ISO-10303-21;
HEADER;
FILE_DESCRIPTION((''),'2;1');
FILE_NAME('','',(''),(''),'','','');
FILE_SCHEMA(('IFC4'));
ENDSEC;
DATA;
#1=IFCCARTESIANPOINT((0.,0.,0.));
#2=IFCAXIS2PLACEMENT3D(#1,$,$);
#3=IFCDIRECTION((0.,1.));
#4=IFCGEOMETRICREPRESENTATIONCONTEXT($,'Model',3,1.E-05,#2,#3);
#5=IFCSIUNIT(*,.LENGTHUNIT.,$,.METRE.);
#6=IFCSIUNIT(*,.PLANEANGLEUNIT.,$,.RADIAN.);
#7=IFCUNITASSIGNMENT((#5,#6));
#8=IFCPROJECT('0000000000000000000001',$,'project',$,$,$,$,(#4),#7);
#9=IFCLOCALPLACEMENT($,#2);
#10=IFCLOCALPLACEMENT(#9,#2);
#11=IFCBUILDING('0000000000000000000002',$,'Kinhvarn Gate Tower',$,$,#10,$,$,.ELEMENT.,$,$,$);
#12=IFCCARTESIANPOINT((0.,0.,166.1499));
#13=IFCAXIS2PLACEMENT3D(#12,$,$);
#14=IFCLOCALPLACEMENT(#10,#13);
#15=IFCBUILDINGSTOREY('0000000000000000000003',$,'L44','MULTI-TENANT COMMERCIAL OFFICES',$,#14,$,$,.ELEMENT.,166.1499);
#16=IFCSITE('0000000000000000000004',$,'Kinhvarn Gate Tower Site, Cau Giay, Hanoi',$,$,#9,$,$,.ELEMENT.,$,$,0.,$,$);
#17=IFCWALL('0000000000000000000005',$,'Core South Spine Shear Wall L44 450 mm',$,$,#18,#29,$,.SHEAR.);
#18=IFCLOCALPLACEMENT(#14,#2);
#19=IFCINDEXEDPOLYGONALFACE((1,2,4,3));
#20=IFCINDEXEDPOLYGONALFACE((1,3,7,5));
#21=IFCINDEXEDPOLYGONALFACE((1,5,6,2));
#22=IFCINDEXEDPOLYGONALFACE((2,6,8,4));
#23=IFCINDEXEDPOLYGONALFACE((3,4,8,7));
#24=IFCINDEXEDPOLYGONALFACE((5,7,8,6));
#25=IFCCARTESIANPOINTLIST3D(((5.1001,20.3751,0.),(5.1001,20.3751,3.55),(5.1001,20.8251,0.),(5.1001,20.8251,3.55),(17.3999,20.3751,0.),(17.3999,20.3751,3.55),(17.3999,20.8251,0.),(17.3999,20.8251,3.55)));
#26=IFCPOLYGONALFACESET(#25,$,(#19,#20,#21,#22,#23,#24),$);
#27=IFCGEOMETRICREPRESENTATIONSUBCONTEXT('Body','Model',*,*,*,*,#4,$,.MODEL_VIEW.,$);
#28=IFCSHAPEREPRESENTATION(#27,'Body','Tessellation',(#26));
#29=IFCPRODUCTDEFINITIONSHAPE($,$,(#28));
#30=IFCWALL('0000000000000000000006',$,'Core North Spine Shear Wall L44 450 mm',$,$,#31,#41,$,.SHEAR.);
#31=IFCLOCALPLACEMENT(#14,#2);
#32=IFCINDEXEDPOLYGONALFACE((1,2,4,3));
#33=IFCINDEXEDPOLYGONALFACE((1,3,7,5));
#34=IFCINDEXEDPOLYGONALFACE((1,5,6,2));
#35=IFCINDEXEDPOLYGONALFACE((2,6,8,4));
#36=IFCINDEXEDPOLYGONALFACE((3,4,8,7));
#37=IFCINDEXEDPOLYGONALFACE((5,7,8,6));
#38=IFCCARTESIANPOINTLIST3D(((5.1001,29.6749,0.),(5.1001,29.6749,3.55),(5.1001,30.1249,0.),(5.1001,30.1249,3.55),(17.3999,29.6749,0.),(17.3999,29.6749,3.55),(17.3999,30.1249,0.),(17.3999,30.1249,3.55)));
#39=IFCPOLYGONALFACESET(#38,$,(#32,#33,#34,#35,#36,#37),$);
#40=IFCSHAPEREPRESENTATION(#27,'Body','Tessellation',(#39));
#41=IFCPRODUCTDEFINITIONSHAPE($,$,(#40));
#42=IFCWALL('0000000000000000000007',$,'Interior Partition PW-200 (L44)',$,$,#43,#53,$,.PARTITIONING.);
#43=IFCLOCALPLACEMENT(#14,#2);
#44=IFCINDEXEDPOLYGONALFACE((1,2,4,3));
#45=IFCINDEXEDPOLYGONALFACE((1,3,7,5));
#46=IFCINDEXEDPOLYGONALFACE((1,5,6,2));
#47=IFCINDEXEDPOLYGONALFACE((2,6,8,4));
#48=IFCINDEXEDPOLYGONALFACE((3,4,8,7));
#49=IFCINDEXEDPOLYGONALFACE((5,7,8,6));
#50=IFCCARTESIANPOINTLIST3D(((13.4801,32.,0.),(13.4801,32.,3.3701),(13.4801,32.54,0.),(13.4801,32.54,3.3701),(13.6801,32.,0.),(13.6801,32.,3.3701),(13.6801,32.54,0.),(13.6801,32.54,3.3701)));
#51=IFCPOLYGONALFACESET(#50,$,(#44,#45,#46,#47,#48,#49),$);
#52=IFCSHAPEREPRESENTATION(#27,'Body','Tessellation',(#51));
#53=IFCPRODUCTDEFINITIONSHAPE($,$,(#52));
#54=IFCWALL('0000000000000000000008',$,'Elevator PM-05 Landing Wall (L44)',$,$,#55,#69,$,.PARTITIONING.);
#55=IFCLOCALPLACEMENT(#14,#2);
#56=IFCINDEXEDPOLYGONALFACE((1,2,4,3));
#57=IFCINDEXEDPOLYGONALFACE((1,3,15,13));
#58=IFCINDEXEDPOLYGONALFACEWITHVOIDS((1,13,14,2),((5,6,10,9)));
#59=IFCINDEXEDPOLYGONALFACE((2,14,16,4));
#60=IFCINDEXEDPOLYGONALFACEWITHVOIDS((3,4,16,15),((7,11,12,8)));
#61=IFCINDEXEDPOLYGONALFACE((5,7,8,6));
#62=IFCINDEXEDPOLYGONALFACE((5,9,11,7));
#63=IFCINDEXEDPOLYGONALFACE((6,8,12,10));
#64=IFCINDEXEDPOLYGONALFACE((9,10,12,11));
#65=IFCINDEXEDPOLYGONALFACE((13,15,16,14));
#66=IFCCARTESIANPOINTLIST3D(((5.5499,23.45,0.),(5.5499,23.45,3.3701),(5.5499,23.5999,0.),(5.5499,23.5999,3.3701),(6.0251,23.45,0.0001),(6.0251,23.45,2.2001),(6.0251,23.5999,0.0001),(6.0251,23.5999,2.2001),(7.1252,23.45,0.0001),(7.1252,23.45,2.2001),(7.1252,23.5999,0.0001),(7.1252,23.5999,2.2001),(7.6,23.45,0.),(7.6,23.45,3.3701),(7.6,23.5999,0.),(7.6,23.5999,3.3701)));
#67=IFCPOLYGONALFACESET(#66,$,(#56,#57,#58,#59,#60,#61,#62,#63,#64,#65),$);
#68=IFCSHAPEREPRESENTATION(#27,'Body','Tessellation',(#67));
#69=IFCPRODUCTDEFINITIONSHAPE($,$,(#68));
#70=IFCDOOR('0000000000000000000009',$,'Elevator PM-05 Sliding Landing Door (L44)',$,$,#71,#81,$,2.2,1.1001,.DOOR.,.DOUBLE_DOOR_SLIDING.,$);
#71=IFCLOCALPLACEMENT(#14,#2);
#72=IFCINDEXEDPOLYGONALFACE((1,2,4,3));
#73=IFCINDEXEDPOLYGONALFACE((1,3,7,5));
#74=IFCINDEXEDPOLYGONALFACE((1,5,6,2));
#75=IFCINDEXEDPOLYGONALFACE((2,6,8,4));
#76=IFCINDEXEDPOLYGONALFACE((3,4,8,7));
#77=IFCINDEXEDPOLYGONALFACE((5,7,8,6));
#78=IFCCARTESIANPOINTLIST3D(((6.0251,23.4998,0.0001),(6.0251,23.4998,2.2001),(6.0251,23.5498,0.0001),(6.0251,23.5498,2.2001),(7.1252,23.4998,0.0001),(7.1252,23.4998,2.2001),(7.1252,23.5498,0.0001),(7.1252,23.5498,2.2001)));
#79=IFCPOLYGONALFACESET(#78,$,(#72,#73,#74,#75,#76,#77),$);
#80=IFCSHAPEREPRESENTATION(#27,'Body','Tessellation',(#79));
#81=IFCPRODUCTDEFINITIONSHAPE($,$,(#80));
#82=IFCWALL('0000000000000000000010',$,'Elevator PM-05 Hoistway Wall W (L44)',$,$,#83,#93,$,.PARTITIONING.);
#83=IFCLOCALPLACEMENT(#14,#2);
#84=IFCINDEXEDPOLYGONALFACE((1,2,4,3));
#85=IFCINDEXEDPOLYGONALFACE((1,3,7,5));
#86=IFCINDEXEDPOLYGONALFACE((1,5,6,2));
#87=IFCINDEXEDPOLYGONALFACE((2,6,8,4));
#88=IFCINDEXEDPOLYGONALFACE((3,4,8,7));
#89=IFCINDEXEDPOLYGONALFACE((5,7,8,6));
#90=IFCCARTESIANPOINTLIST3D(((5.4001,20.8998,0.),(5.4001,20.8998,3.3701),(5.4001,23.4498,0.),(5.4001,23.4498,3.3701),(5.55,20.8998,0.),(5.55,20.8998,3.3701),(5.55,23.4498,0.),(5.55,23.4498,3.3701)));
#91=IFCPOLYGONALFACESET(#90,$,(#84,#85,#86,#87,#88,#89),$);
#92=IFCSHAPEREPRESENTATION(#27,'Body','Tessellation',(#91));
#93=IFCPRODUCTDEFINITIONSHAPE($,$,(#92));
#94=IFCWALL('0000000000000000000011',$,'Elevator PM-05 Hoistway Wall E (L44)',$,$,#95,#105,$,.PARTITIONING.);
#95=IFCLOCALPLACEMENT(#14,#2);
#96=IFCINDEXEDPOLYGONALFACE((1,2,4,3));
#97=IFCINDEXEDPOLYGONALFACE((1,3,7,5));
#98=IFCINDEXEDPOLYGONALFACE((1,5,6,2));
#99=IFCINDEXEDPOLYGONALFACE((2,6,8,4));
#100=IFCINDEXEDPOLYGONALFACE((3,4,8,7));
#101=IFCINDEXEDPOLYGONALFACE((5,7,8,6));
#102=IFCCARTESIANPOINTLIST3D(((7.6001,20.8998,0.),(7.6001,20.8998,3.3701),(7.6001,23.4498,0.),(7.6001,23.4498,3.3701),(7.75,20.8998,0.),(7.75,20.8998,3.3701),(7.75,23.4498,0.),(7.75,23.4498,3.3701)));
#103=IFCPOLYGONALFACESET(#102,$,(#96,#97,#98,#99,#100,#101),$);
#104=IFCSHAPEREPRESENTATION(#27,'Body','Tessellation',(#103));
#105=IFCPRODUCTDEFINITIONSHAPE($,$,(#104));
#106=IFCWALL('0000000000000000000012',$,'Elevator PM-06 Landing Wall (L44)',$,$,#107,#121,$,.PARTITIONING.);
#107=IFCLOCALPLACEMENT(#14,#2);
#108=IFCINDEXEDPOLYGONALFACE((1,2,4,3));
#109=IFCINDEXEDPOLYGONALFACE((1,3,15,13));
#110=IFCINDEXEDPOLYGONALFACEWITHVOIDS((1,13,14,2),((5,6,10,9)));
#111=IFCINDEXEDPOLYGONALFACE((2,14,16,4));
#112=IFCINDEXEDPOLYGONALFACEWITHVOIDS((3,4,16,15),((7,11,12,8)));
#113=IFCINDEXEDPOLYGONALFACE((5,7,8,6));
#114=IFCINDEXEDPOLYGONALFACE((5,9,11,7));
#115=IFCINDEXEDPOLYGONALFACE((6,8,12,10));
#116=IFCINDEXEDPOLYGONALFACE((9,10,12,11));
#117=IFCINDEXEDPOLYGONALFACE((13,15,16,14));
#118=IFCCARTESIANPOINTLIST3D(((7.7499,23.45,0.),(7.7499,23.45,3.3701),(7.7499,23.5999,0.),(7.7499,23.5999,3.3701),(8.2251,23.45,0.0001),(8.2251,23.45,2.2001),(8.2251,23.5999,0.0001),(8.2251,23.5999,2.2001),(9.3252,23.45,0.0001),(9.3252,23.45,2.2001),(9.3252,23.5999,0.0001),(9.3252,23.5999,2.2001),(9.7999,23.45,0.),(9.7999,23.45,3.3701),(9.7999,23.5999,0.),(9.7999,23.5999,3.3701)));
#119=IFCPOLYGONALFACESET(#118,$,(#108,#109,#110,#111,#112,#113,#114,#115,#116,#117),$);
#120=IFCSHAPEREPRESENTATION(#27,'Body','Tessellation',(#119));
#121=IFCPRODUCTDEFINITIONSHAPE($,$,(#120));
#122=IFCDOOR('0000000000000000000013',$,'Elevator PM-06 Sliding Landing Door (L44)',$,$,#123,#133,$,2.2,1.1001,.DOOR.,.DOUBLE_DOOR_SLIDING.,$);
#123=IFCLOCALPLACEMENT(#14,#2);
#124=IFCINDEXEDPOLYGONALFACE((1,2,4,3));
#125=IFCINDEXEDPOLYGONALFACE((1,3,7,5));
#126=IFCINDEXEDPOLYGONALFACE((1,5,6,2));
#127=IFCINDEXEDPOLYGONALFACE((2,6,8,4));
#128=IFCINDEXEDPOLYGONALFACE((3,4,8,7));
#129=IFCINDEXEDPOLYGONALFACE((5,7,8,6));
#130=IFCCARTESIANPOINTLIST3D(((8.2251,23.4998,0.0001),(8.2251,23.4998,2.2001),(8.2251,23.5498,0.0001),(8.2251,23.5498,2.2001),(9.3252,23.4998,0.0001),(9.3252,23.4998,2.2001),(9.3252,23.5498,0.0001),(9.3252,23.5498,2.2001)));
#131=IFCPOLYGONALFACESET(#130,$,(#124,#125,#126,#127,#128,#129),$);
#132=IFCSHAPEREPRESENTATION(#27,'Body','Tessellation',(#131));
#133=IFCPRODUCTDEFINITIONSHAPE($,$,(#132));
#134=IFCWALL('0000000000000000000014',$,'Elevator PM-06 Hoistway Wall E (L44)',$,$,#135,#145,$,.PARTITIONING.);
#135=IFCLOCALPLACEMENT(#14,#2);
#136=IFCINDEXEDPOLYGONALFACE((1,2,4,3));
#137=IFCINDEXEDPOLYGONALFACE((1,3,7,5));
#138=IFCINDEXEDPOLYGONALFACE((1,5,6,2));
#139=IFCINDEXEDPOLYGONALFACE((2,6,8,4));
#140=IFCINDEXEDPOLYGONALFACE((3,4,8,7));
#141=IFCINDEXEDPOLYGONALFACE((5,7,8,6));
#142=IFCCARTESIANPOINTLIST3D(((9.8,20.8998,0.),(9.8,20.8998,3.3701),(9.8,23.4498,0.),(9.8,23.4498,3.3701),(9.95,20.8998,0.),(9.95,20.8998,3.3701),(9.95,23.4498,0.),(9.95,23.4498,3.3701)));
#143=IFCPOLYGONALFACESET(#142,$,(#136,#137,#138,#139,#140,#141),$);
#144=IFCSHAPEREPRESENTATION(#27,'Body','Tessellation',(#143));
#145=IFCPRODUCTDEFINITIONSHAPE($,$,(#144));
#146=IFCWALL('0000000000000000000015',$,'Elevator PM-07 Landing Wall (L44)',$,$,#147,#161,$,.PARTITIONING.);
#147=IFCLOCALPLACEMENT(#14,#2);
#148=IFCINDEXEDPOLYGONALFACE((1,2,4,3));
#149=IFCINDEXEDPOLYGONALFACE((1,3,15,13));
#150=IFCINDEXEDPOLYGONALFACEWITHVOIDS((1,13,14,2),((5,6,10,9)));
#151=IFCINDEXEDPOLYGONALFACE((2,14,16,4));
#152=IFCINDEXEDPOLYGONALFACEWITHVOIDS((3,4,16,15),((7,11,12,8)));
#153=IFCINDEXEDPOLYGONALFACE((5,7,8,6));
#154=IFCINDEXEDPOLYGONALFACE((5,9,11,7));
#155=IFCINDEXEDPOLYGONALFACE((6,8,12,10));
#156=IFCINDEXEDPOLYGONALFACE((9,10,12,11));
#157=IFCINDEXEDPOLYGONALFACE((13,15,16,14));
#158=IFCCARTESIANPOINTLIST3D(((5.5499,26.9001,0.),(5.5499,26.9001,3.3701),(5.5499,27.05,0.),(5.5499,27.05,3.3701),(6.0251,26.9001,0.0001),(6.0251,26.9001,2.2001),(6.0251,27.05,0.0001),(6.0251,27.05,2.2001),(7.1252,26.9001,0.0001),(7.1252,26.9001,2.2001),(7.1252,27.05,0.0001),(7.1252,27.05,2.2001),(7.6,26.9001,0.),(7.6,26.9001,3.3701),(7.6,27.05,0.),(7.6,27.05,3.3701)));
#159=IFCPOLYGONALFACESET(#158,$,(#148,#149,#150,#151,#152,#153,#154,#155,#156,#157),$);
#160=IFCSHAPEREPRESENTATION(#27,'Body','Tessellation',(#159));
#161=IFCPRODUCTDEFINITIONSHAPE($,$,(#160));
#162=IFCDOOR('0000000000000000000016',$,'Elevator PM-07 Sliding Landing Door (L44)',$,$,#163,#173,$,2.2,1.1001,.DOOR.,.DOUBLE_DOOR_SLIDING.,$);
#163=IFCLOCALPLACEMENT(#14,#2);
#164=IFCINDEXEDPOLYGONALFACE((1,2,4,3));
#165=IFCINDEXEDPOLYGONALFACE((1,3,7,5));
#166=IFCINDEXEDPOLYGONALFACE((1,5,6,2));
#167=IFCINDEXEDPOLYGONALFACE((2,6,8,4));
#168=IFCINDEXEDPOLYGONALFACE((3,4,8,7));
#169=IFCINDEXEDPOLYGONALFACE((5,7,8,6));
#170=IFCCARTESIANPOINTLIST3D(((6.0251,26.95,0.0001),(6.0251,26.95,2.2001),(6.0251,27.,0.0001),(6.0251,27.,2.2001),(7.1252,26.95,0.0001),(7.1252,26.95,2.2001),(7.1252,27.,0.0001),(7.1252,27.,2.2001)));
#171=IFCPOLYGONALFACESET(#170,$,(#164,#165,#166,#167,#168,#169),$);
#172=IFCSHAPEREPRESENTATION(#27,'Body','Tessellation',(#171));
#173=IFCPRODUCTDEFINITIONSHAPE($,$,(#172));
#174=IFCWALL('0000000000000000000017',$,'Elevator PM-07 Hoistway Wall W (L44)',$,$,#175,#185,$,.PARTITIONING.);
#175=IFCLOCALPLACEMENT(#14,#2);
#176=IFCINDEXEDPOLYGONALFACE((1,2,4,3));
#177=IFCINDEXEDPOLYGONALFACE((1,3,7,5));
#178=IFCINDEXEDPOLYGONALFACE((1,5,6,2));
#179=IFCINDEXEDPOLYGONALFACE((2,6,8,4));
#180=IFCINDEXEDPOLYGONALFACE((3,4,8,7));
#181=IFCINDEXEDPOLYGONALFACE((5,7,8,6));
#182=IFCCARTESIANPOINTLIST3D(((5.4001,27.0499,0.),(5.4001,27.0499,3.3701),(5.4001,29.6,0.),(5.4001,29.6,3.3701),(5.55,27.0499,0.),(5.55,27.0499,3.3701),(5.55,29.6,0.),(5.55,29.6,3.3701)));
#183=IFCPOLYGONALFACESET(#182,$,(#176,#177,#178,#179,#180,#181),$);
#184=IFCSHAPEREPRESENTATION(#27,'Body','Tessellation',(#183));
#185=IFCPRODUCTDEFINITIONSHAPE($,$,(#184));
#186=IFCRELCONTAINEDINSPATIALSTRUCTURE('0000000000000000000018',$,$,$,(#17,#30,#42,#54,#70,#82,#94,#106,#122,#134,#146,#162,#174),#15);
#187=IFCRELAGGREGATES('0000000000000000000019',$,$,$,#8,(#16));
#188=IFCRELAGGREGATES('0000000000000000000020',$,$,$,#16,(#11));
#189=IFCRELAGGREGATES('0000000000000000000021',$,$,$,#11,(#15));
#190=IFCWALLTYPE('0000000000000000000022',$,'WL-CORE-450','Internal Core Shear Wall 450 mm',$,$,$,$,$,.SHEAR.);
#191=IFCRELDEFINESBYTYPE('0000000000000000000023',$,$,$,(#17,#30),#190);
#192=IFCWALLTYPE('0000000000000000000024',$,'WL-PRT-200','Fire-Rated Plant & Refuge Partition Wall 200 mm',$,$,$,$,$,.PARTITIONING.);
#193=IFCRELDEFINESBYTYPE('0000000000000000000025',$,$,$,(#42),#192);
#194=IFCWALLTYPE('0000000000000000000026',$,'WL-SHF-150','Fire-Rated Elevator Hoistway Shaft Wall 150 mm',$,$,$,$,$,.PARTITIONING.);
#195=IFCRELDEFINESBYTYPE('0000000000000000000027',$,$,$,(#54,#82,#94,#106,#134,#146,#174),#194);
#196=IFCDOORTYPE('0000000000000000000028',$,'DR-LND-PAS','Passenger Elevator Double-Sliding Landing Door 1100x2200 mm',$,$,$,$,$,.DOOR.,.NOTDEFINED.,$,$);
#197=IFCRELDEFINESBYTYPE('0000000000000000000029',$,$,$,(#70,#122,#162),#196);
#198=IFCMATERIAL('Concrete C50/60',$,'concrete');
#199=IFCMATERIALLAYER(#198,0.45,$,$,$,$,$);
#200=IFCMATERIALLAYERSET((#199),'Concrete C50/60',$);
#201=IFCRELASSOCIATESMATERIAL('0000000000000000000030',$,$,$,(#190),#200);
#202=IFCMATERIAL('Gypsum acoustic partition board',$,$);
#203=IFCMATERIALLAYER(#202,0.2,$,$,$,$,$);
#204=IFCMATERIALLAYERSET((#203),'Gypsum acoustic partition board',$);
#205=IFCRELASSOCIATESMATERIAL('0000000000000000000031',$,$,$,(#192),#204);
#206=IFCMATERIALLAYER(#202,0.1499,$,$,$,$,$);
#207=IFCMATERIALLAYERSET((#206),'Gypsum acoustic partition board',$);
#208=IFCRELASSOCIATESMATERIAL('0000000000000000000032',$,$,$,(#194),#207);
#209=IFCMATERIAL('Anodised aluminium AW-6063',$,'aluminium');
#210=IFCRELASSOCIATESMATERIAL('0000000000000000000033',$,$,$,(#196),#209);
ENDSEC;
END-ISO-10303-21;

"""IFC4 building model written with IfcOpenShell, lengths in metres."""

from ifc_helpers import new_model, si_unit, direction, frame, frame_2d, origin, place, context, subcontext, project, spatial, rectangle, extrude, material, layer, layer_set, type_object, element, fill, save


model = new_model("IFC4")

# Units and contexts
model_context = context("Model", 3, precision=1e-05, world=origin(), true_north=direction((0.0, 1.0)))
body_context = subcontext(model_context, "Body", "Model", "MODEL_VIEW")
ifc_project = project(units=[si_unit("LENGTHUNIT", "METRE"), si_unit("PLANEANGLEUNIT", "RADIAN")], contexts=[model_context])

# Site, building, storey
site_placement = place(None, origin())
site = spatial("IfcSite", under=ifc_project, at=site_placement, Name="Kinhvarn Gate Tower Site, Cau Giay, Hanoi", CompositionType="ELEMENT", RefElevation=0.0)
building_placement = place(site_placement, origin())
building = spatial("IfcBuilding", under=site, at=building_placement, Name="Kinhvarn Gate Tower", CompositionType="ELEMENT")
storey_placement = place(building_placement, frame((0.0, 0.0, 166.1499)))
storey = spatial("IfcBuildingStorey", under=building, at=storey_placement, Name="L44", Description="MULTI-TENANT COMMERCIAL OFFICES", CompositionType="ELEMENT", Elevation=166.1499)

# Walls
ifc_material_1 = material(Name="Concrete C50/60", Category="concrete")
ifc_layer_1 = layer(ifc_material_1, 0.45)
ifc_layer_set_1 = layer_set([ifc_layer_1], Name="Concrete C50/60")
wall_type_1 = type_object("IfcWallType", Name="WL-CORE-450", Description="Internal Core Shear Wall 450 mm", PredefinedType="SHEAR", material=ifc_layer_set_1)
for number, where, z_axis, x_axis, name in (
    (1, (5.1001, 20.6001, 0.0), (0.0, 0.0, 1.0), (1.0, 0.0, 0.0), "Core South Spine Shear Wall L44 450 mm"),
    (2, (5.1001, 29.8999, 0.0), (0.0, 0.0, 1.0), (1.0, 0.0, 0.0), "Core North Spine Shear Wall L44 450 mm"),
):
    element("IfcWall", number, at=place(storey_placement, frame(where, z_axis=z_axis, x_axis=x_axis)), inside=storey, type_object=wall_type_1, Name=name, PredefinedType="SHEAR", context=body_context, shape_type="SweptSolid", body=[
        extrude(rectangle(XDim=12.2998, YDim=0.45, at=frame_2d((6.1499, 0.0))), origin(), (0.0, 0.0, 1.0), 3.55),
    ])
ifc_material_2 = material(Name="Gypsum acoustic partition board")
ifc_layer_2 = layer(ifc_material_2, 0.2)
ifc_layer_set_2 = layer_set([ifc_layer_2], Name="Gypsum acoustic partition board")
wall_type_2 = type_object("IfcWallType", Name="WL-PRT-200", Description="Fire-Rated Plant & Refuge Partition Wall 200 mm", PredefinedType="PARTITIONING", material=ifc_layer_set_2)
wall_1_placement = place(storey_placement, frame((13.5801, 32.0, 0.0), z_axis=(0.0, 0.0, 1.0), x_axis=(0.0, 1.0, 0.0)))
element("IfcWall", 3, at=wall_1_placement, inside=storey, type_object=wall_type_2, Name="Interior Partition PW-200 (L44)", PredefinedType="PARTITIONING", context=body_context, shape_type="SweptSolid", body=[
    extrude(rectangle(XDim=0.54, YDim=0.2, at=frame_2d((0.27, 0.0))), origin(), (0.0, 0.0, 1.0), 3.3701),
])

# Wall, opening, door
ifc_layer_3 = layer(ifc_material_2, 0.1499)
ifc_layer_set_3 = layer_set([ifc_layer_3], Name="Gypsum acoustic partition board")
wall_type_3 = type_object("IfcWallType", Name="WL-SHF-150", Description="Fire-Rated Elevator Hoistway Shaft Wall 150 mm", PredefinedType="PARTITIONING", material=ifc_layer_set_3)
wall_2_placement = place(storey_placement, frame((5.55, 23.5249, 0.0), z_axis=(0.0, 0.0, 1.0), x_axis=(1.0, 0.0, 0.0)))
wall_2 = element("IfcWall", 4, at=wall_2_placement, inside=storey, type_object=wall_type_3, Name="Elevator PM-05 Landing Wall (L44)", PredefinedType="PARTITIONING", context=body_context, shape_type="SweptSolid", body=[
    extrude(rectangle(XDim=2.05, YDim=0.1499, at=frame_2d((1.0249, 0.0))), origin(), (0.0, 0.0, 1.0), 3.3701),
])
opening_1_placement = place(wall_2_placement, frame((0.4751, 0.0, 0.0)))
opening_1 = element("IfcOpeningElement", 5, at=opening_1_placement, cuts=wall_2, PredefinedType="OPENING", context=body_context, shape_type="SweptSolid", body=[
    extrude(rectangle(XDim=1.1001, YDim=2.2, at=frame_2d((0.55, 1.1001))), frame((0.0, 0.085, 0.0), z_axis=(0.0, -1.0, 0.0), x_axis=(1.0, 0.0, 0.0)), (0.0, 0.0, 1.0), 0.1699),
])
ifc_material_3 = material(Name="Anodised aluminium AW-6063", Category="aluminium")
door_type_1 = type_object("IfcDoorType", Name="DR-LND-PAS", Description="Passenger Elevator Double-Sliding Landing Door 1100x2200 mm", OperationType="NOTDEFINED", PredefinedType="DOOR", material=ifc_material_3)
door_1_placement = place(opening_1_placement, origin())
door_1 = element("IfcDoor", 6, at=door_1_placement, inside=storey, type_object=door_type_1, Name="Elevator PM-05 Sliding Landing Door (L44)", OperationType="DOUBLE_DOOR_SLIDING", OverallHeight=2.2, OverallWidth=1.1001, PredefinedType="DOOR", context=body_context, shape_type="SweptSolid", body=[
    extrude(rectangle(XDim=1.1001, YDim=2.2, at=frame_2d((0.55, 1.1001))), frame((0.0, 0.0249, 0.0), z_axis=(0.0, -1.0, 0.0), x_axis=(1.0, 0.0, 0.0)), (0.0, 0.0, 1.0), 0.05),
])
fill(opening_1, door_1)

# Walls
for number, where, z_axis, x_axis, name in (
    (7, (5.4751, 20.8999, 0.0), (0.0, 0.0, 1.0), (0.0, 1.0, 0.0), "Elevator PM-05 Hoistway Wall W (L44)"),
    (8, (7.675, 20.8999, 0.0), (0.0, 0.0, 1.0), (0.0, 1.0, 0.0), "Elevator PM-05 Hoistway Wall E (L44)"),
):
    element("IfcWall", number, at=place(storey_placement, frame(where, z_axis=z_axis, x_axis=x_axis)), inside=storey, type_object=wall_type_3, Name=name, PredefinedType="PARTITIONING", context=body_context, shape_type="SweptSolid", body=[
        extrude(rectangle(XDim=2.55, YDim=0.1499, at=frame_2d((1.2749, 0.0))), origin(), (0.0, 0.0, 1.0), 3.3701),
    ])

# Wall, opening, door
wall_3_placement = place(storey_placement, frame((7.75, 23.5249, 0.0), z_axis=(0.0, 0.0, 1.0), x_axis=(1.0, 0.0, 0.0)))
wall_3 = element("IfcWall", 9, at=wall_3_placement, inside=storey, type_object=wall_type_3, Name="Elevator PM-06 Landing Wall (L44)", PredefinedType="PARTITIONING", context=body_context, shape_type="SweptSolid", body=[
    extrude(rectangle(XDim=2.05, YDim=0.1499, at=frame_2d((1.0249, 0.0))), origin(), (0.0, 0.0, 1.0), 3.3701),
])
opening_2_placement = place(wall_3_placement, frame((0.4751, 0.0, 0.0)))
opening_2 = element("IfcOpeningElement", 10, at=opening_2_placement, cuts=wall_3, PredefinedType="OPENING", context=body_context, shape_type="SweptSolid", body=[
    extrude(rectangle(XDim=1.1001, YDim=2.2, at=frame_2d((0.55, 1.1001))), frame((0.0, 0.085, 0.0), z_axis=(0.0, -1.0, 0.0), x_axis=(1.0, 0.0, 0.0)), (0.0, 0.0, 1.0), 0.1699),
])
door_2_placement = place(opening_2_placement, origin())
door_2 = element("IfcDoor", 11, at=door_2_placement, inside=storey, type_object=door_type_1, Name="Elevator PM-06 Sliding Landing Door (L44)", OperationType="DOUBLE_DOOR_SLIDING", OverallHeight=2.2, OverallWidth=1.1001, PredefinedType="DOOR", context=body_context, shape_type="SweptSolid", body=[
    extrude(rectangle(XDim=1.1001, YDim=2.2, at=frame_2d((0.55, 1.1001))), frame((0.0, 0.0249, 0.0), z_axis=(0.0, -1.0, 0.0), x_axis=(1.0, 0.0, 0.0)), (0.0, 0.0, 1.0), 0.05),
])
fill(opening_2, door_2)

# Wall
wall_4_placement = place(storey_placement, frame((9.875, 20.8999, 0.0), z_axis=(0.0, 0.0, 1.0), x_axis=(0.0, 1.0, 0.0)))
element("IfcWall", 12, at=wall_4_placement, inside=storey, type_object=wall_type_3, Name="Elevator PM-06 Hoistway Wall E (L44)", PredefinedType="PARTITIONING", context=body_context, shape_type="SweptSolid", body=[
    extrude(rectangle(XDim=2.55, YDim=0.1499, at=frame_2d((1.2749, 0.0))), origin(), (0.0, 0.0, 1.0), 3.3701),
])

# Wall, opening, door
wall_5_placement = place(storey_placement, frame((5.55, 26.9751, 0.0), z_axis=(0.0, 0.0, 1.0), x_axis=(1.0, 0.0, 0.0)))
wall_5 = element("IfcWall", 13, at=wall_5_placement, inside=storey, type_object=wall_type_3, Name="Elevator PM-07 Landing Wall (L44)", PredefinedType="PARTITIONING", context=body_context, shape_type="SweptSolid", body=[
    extrude(rectangle(XDim=2.05, YDim=0.1499, at=frame_2d((1.0249, 0.0))), origin(), (0.0, 0.0, 1.0), 3.3701),
])
opening_3_placement = place(wall_5_placement, frame((0.4751, 0.0, 0.0)))
opening_3 = element("IfcOpeningElement", 14, at=opening_3_placement, cuts=wall_5, PredefinedType="OPENING", context=body_context, shape_type="SweptSolid", body=[
    extrude(rectangle(XDim=1.1001, YDim=2.2, at=frame_2d((0.55, 1.1001))), frame((0.0, 0.085, 0.0), z_axis=(0.0, -1.0, 0.0), x_axis=(1.0, 0.0, 0.0)), (0.0, 0.0, 1.0), 0.1699),
])
door_3_placement = place(opening_3_placement, origin())
door_3 = element("IfcDoor", 15, at=door_3_placement, inside=storey, type_object=door_type_1, Name="Elevator PM-07 Sliding Landing Door (L44)", OperationType="DOUBLE_DOOR_SLIDING", OverallHeight=2.2, OverallWidth=1.1001, PredefinedType="DOOR", context=body_context, shape_type="SweptSolid", body=[
    extrude(rectangle(XDim=1.1001, YDim=2.2, at=frame_2d((0.55, 1.1001))), frame((0.0, 0.0249, 0.0), z_axis=(0.0, -1.0, 0.0), x_axis=(1.0, 0.0, 0.0)), (0.0, 0.0, 1.0), 0.05),
])
fill(opening_3, door_3)

# Wall
for number, where, z_axis, x_axis, name in (
    (16, (5.4751, 27.05, 0.0), (0.0, 0.0, 1.0), (0.0, 1.0, 0.0), "Elevator PM-07 Hoistway Wall W (L44)"),
):
    element("IfcWall", number, at=place(storey_placement, frame(where, z_axis=z_axis, x_axis=x_axis)), inside=storey, type_object=wall_type_3, Name=name, PredefinedType="PARTITIONING", context=body_context, shape_type="SweptSolid", body=[
        extrude(rectangle(XDim=2.55, YDim=0.1499, at=frame_2d((1.2749, 0.0))), origin(), (0.0, 0.0, 1.0), 3.3701),
    ])

save(model, "model.ifc")
